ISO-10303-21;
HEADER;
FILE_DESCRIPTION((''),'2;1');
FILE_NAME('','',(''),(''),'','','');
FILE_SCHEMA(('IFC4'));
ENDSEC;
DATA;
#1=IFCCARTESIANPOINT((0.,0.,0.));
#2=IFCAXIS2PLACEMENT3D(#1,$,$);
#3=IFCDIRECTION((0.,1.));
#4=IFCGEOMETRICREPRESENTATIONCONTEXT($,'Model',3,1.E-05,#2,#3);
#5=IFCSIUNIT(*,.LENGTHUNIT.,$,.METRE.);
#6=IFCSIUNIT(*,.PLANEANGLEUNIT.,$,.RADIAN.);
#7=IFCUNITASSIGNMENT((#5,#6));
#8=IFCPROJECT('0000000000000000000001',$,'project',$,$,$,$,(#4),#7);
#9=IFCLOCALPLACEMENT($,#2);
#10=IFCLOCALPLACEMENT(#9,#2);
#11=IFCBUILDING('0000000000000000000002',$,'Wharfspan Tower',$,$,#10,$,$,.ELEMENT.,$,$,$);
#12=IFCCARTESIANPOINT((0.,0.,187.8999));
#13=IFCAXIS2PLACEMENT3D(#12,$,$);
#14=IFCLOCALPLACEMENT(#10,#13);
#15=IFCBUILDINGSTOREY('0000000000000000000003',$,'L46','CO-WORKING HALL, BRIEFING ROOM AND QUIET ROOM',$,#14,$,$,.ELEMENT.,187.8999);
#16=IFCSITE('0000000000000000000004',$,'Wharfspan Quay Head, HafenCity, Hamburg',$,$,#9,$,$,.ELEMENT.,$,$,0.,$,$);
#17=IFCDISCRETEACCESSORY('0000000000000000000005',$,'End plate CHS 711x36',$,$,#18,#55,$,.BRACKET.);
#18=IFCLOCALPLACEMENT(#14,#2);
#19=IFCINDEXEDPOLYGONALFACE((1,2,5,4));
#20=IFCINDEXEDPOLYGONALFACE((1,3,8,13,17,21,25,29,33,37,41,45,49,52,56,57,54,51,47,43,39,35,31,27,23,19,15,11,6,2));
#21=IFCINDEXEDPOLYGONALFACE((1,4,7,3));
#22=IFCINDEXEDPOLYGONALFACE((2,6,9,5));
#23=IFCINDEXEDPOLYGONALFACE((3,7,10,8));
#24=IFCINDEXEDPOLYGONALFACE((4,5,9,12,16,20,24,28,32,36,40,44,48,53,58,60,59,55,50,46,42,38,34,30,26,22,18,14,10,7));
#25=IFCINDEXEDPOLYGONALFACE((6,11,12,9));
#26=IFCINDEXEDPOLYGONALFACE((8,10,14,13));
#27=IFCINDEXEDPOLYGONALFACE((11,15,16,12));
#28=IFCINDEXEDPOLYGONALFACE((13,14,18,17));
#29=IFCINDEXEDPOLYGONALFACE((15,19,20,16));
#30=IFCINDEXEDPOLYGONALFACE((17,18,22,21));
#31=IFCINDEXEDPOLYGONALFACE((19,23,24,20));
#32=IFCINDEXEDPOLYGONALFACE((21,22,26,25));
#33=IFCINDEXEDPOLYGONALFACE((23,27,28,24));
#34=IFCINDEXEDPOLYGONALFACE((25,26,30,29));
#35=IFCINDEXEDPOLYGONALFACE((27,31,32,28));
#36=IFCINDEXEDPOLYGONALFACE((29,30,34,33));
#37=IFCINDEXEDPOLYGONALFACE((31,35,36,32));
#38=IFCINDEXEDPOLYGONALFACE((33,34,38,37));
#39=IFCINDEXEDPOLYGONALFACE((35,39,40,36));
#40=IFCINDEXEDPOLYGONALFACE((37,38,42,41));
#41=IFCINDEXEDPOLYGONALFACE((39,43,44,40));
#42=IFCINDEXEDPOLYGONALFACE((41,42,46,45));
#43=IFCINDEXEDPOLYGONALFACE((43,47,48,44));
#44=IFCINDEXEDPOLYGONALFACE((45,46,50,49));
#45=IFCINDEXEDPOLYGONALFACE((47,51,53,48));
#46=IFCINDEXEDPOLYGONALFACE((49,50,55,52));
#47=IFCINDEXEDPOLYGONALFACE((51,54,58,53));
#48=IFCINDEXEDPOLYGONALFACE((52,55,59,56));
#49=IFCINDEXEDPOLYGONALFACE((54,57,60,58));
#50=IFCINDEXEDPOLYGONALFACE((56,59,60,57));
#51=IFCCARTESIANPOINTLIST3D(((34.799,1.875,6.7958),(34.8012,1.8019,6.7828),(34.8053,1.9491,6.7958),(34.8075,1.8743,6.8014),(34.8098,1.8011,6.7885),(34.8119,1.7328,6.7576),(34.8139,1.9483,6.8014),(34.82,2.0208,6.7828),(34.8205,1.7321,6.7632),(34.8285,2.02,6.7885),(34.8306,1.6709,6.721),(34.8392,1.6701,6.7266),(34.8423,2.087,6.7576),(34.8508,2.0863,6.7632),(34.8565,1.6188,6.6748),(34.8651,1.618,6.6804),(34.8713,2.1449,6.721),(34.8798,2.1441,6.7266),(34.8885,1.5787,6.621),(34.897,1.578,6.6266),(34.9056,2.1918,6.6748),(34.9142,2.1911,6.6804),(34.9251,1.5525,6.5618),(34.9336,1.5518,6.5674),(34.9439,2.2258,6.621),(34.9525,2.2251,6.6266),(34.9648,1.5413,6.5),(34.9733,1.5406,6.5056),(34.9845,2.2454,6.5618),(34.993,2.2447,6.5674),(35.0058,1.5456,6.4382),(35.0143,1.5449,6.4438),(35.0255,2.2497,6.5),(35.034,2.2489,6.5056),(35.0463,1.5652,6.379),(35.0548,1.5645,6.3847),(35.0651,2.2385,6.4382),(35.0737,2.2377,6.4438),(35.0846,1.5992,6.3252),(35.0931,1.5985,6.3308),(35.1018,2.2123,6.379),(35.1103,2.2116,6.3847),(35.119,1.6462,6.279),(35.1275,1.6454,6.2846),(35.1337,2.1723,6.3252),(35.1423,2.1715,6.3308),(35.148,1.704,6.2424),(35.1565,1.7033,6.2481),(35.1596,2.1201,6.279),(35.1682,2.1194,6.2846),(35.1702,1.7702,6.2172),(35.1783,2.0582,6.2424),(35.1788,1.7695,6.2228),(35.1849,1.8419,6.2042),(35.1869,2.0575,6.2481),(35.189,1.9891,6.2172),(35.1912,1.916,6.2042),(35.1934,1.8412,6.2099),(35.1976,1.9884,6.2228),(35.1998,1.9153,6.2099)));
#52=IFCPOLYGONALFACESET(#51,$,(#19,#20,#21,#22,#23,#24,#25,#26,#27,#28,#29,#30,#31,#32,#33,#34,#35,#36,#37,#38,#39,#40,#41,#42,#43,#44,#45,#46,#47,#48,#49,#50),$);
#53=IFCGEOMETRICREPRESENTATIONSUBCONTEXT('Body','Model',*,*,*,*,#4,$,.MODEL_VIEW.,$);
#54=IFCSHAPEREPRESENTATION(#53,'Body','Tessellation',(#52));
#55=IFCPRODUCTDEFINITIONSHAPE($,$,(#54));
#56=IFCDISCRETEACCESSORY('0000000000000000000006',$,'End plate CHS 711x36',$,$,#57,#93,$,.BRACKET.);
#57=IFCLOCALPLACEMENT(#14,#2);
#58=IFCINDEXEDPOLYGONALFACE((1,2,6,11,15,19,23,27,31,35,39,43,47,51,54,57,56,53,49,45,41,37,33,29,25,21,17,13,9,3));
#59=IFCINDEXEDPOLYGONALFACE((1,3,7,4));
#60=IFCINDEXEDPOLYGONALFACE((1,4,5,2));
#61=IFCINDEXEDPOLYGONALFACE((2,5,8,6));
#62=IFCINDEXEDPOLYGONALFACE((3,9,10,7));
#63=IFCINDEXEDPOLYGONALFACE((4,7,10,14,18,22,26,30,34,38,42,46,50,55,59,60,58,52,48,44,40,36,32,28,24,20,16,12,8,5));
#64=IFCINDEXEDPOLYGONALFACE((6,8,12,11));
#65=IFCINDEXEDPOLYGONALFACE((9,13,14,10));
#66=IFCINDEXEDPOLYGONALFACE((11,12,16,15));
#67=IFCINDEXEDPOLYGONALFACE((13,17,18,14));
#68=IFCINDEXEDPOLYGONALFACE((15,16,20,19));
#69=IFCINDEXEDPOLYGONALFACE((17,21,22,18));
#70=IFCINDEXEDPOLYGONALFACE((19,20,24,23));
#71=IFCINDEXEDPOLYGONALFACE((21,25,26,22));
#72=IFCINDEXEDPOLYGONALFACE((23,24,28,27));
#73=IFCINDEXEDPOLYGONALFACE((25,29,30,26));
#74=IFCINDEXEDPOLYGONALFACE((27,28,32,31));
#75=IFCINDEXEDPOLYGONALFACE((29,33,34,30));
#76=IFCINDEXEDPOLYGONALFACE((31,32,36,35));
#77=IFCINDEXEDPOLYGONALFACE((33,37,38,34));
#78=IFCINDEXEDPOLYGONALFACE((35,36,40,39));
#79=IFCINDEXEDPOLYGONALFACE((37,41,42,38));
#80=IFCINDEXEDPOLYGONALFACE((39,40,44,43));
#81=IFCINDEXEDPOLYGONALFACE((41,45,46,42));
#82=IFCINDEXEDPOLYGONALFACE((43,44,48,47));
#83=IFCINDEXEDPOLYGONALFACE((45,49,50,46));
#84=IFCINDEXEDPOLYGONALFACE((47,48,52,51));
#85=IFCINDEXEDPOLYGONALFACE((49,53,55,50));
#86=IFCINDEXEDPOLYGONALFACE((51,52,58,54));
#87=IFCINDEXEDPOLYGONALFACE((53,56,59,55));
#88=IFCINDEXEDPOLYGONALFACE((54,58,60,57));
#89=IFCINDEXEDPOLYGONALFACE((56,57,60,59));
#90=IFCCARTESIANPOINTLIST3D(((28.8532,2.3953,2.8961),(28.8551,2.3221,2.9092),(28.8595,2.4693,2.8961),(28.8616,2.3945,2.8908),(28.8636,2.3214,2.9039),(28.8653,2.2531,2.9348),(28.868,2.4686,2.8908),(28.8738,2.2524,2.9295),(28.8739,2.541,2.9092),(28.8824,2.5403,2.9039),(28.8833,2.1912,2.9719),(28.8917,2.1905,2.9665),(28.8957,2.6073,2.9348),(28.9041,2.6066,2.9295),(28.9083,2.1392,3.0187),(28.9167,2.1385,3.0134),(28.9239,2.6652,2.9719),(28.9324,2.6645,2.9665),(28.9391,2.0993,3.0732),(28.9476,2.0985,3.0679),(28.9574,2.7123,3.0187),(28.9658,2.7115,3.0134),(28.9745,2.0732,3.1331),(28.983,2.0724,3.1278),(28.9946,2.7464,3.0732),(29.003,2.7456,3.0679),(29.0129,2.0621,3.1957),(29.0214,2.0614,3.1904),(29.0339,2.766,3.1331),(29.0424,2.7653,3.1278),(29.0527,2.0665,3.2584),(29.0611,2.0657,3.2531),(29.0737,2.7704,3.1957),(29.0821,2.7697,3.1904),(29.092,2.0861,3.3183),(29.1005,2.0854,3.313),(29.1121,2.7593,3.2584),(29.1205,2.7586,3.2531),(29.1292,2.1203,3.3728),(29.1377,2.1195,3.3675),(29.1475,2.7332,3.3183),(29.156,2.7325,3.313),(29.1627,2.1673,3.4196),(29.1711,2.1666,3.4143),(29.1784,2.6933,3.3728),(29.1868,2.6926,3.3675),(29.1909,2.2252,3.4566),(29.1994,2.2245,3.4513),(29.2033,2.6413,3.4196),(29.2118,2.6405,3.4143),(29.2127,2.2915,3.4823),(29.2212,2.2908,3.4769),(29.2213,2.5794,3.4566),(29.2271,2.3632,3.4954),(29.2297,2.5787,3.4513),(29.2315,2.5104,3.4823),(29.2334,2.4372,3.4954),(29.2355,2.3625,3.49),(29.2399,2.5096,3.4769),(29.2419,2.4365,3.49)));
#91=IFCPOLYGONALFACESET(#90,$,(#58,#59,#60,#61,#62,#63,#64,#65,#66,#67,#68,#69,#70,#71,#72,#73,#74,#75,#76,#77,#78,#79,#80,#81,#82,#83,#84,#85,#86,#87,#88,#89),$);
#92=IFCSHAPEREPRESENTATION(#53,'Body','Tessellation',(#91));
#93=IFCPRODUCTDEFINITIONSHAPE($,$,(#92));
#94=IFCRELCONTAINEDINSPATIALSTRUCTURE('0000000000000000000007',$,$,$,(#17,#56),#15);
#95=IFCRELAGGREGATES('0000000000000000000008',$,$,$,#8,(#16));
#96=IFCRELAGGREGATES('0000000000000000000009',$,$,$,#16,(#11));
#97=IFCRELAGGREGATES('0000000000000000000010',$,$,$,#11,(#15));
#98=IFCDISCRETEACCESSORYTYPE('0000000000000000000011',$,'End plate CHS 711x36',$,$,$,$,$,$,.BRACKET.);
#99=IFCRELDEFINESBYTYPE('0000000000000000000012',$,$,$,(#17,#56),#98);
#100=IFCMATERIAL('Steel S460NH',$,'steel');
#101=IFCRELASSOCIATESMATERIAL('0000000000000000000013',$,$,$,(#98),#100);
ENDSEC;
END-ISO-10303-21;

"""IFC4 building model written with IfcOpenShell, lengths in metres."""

from ifc_helpers import new_model, si_unit, direction, frame, origin, origin_2d, place, context, subcontext, project, spatial, circle, extrude, material, material_profile, profile_set, type_object, element, save


model = new_model("IFC4")

# Units and contexts
model_context = context("Model", 3, precision=1e-05, world=origin(), true_north=direction((0.0, 1.0)))
body_context = subcontext(model_context, "Body", "Model", "MODEL_VIEW")
ifc_project = project(units=[si_unit("LENGTHUNIT", "METRE"), si_unit("PLANEANGLEUNIT", "RADIAN")], contexts=[model_context])

# Site, building, storey
site_placement = place(None, origin())
site = spatial("IfcSite", under=ifc_project, at=site_placement, Name="Wharfspan Quay Head, HafenCity, Hamburg", CompositionType="ELEMENT", RefElevation=0.0)
building_placement = place(site_placement, origin())
building = spatial("IfcBuilding", under=site, at=building_placement, Name="Wharfspan Tower", CompositionType="ELEMENT")
storey_placement = place(building_placement, frame((0.0, 0.0, 187.8999)))
storey = spatial("IfcBuildingStorey", under=building, at=storey_placement, Name="L46", Description="CO-WORKING HALL, BRIEFING ROOM AND QUIET ROOM", CompositionType="ELEMENT", Elevation=187.8999)

# Shared definitions
ifc_material_1 = material(Name="Steel S460NH", Category="steel")

# Discrete accessories
ifc_material_profile_1 = material_profile(ifc_material_1, circle(Radius=0.3555, at=origin_2d()))
ifc_profile_set_1 = profile_set([ifc_material_profile_1], Name="Steel S460NH")
discrete_accessory_type = type_object("IfcDiscreteAccessoryType", Name="End plate CHS 711x36", PredefinedType="BRACKET", material=ifc_profile_set_1)
discrete_accessory_1_placement = place(storey_placement, frame((34.9951, 1.8955, 6.5), z_axis=(0.83357, -0.071449, 0.547774), x_axis=(0.085401, 0.996343, 0.0)))
element("IfcDiscreteAccessory", 1, at=discrete_accessory_1_placement, inside=storey, type_object=discrete_accessory_type, Name="End plate CHS 711x36", PredefinedType="BRACKET", context=body_context, shape_type="SweptSolid", body=[
    extrude(circle(Radius=0.3555, at=origin_2d()), origin(), (0.0, 0.0, 1.0), 0.0103),
])
discrete_accessory_2_placement = place(storey_placement, frame((29.0518, 2.4155, 3.1904), z_axis=(-0.844416, 0.072379, 0.530776), x_axis=(-0.085402, -0.99635, 0.0)))
element("IfcDiscreteAccessory", 2, at=discrete_accessory_2_placement, inside=storey, type_object=discrete_accessory_type, Name="End plate CHS 711x36", PredefinedType="BRACKET", context=body_context, shape_type="SweptSolid", body=[
    extrude(circle(Radius=0.3555, at=origin_2d()), origin(), (0.0, 0.0, 1.0), 0.01),
])

save(model, "model.ifc")
